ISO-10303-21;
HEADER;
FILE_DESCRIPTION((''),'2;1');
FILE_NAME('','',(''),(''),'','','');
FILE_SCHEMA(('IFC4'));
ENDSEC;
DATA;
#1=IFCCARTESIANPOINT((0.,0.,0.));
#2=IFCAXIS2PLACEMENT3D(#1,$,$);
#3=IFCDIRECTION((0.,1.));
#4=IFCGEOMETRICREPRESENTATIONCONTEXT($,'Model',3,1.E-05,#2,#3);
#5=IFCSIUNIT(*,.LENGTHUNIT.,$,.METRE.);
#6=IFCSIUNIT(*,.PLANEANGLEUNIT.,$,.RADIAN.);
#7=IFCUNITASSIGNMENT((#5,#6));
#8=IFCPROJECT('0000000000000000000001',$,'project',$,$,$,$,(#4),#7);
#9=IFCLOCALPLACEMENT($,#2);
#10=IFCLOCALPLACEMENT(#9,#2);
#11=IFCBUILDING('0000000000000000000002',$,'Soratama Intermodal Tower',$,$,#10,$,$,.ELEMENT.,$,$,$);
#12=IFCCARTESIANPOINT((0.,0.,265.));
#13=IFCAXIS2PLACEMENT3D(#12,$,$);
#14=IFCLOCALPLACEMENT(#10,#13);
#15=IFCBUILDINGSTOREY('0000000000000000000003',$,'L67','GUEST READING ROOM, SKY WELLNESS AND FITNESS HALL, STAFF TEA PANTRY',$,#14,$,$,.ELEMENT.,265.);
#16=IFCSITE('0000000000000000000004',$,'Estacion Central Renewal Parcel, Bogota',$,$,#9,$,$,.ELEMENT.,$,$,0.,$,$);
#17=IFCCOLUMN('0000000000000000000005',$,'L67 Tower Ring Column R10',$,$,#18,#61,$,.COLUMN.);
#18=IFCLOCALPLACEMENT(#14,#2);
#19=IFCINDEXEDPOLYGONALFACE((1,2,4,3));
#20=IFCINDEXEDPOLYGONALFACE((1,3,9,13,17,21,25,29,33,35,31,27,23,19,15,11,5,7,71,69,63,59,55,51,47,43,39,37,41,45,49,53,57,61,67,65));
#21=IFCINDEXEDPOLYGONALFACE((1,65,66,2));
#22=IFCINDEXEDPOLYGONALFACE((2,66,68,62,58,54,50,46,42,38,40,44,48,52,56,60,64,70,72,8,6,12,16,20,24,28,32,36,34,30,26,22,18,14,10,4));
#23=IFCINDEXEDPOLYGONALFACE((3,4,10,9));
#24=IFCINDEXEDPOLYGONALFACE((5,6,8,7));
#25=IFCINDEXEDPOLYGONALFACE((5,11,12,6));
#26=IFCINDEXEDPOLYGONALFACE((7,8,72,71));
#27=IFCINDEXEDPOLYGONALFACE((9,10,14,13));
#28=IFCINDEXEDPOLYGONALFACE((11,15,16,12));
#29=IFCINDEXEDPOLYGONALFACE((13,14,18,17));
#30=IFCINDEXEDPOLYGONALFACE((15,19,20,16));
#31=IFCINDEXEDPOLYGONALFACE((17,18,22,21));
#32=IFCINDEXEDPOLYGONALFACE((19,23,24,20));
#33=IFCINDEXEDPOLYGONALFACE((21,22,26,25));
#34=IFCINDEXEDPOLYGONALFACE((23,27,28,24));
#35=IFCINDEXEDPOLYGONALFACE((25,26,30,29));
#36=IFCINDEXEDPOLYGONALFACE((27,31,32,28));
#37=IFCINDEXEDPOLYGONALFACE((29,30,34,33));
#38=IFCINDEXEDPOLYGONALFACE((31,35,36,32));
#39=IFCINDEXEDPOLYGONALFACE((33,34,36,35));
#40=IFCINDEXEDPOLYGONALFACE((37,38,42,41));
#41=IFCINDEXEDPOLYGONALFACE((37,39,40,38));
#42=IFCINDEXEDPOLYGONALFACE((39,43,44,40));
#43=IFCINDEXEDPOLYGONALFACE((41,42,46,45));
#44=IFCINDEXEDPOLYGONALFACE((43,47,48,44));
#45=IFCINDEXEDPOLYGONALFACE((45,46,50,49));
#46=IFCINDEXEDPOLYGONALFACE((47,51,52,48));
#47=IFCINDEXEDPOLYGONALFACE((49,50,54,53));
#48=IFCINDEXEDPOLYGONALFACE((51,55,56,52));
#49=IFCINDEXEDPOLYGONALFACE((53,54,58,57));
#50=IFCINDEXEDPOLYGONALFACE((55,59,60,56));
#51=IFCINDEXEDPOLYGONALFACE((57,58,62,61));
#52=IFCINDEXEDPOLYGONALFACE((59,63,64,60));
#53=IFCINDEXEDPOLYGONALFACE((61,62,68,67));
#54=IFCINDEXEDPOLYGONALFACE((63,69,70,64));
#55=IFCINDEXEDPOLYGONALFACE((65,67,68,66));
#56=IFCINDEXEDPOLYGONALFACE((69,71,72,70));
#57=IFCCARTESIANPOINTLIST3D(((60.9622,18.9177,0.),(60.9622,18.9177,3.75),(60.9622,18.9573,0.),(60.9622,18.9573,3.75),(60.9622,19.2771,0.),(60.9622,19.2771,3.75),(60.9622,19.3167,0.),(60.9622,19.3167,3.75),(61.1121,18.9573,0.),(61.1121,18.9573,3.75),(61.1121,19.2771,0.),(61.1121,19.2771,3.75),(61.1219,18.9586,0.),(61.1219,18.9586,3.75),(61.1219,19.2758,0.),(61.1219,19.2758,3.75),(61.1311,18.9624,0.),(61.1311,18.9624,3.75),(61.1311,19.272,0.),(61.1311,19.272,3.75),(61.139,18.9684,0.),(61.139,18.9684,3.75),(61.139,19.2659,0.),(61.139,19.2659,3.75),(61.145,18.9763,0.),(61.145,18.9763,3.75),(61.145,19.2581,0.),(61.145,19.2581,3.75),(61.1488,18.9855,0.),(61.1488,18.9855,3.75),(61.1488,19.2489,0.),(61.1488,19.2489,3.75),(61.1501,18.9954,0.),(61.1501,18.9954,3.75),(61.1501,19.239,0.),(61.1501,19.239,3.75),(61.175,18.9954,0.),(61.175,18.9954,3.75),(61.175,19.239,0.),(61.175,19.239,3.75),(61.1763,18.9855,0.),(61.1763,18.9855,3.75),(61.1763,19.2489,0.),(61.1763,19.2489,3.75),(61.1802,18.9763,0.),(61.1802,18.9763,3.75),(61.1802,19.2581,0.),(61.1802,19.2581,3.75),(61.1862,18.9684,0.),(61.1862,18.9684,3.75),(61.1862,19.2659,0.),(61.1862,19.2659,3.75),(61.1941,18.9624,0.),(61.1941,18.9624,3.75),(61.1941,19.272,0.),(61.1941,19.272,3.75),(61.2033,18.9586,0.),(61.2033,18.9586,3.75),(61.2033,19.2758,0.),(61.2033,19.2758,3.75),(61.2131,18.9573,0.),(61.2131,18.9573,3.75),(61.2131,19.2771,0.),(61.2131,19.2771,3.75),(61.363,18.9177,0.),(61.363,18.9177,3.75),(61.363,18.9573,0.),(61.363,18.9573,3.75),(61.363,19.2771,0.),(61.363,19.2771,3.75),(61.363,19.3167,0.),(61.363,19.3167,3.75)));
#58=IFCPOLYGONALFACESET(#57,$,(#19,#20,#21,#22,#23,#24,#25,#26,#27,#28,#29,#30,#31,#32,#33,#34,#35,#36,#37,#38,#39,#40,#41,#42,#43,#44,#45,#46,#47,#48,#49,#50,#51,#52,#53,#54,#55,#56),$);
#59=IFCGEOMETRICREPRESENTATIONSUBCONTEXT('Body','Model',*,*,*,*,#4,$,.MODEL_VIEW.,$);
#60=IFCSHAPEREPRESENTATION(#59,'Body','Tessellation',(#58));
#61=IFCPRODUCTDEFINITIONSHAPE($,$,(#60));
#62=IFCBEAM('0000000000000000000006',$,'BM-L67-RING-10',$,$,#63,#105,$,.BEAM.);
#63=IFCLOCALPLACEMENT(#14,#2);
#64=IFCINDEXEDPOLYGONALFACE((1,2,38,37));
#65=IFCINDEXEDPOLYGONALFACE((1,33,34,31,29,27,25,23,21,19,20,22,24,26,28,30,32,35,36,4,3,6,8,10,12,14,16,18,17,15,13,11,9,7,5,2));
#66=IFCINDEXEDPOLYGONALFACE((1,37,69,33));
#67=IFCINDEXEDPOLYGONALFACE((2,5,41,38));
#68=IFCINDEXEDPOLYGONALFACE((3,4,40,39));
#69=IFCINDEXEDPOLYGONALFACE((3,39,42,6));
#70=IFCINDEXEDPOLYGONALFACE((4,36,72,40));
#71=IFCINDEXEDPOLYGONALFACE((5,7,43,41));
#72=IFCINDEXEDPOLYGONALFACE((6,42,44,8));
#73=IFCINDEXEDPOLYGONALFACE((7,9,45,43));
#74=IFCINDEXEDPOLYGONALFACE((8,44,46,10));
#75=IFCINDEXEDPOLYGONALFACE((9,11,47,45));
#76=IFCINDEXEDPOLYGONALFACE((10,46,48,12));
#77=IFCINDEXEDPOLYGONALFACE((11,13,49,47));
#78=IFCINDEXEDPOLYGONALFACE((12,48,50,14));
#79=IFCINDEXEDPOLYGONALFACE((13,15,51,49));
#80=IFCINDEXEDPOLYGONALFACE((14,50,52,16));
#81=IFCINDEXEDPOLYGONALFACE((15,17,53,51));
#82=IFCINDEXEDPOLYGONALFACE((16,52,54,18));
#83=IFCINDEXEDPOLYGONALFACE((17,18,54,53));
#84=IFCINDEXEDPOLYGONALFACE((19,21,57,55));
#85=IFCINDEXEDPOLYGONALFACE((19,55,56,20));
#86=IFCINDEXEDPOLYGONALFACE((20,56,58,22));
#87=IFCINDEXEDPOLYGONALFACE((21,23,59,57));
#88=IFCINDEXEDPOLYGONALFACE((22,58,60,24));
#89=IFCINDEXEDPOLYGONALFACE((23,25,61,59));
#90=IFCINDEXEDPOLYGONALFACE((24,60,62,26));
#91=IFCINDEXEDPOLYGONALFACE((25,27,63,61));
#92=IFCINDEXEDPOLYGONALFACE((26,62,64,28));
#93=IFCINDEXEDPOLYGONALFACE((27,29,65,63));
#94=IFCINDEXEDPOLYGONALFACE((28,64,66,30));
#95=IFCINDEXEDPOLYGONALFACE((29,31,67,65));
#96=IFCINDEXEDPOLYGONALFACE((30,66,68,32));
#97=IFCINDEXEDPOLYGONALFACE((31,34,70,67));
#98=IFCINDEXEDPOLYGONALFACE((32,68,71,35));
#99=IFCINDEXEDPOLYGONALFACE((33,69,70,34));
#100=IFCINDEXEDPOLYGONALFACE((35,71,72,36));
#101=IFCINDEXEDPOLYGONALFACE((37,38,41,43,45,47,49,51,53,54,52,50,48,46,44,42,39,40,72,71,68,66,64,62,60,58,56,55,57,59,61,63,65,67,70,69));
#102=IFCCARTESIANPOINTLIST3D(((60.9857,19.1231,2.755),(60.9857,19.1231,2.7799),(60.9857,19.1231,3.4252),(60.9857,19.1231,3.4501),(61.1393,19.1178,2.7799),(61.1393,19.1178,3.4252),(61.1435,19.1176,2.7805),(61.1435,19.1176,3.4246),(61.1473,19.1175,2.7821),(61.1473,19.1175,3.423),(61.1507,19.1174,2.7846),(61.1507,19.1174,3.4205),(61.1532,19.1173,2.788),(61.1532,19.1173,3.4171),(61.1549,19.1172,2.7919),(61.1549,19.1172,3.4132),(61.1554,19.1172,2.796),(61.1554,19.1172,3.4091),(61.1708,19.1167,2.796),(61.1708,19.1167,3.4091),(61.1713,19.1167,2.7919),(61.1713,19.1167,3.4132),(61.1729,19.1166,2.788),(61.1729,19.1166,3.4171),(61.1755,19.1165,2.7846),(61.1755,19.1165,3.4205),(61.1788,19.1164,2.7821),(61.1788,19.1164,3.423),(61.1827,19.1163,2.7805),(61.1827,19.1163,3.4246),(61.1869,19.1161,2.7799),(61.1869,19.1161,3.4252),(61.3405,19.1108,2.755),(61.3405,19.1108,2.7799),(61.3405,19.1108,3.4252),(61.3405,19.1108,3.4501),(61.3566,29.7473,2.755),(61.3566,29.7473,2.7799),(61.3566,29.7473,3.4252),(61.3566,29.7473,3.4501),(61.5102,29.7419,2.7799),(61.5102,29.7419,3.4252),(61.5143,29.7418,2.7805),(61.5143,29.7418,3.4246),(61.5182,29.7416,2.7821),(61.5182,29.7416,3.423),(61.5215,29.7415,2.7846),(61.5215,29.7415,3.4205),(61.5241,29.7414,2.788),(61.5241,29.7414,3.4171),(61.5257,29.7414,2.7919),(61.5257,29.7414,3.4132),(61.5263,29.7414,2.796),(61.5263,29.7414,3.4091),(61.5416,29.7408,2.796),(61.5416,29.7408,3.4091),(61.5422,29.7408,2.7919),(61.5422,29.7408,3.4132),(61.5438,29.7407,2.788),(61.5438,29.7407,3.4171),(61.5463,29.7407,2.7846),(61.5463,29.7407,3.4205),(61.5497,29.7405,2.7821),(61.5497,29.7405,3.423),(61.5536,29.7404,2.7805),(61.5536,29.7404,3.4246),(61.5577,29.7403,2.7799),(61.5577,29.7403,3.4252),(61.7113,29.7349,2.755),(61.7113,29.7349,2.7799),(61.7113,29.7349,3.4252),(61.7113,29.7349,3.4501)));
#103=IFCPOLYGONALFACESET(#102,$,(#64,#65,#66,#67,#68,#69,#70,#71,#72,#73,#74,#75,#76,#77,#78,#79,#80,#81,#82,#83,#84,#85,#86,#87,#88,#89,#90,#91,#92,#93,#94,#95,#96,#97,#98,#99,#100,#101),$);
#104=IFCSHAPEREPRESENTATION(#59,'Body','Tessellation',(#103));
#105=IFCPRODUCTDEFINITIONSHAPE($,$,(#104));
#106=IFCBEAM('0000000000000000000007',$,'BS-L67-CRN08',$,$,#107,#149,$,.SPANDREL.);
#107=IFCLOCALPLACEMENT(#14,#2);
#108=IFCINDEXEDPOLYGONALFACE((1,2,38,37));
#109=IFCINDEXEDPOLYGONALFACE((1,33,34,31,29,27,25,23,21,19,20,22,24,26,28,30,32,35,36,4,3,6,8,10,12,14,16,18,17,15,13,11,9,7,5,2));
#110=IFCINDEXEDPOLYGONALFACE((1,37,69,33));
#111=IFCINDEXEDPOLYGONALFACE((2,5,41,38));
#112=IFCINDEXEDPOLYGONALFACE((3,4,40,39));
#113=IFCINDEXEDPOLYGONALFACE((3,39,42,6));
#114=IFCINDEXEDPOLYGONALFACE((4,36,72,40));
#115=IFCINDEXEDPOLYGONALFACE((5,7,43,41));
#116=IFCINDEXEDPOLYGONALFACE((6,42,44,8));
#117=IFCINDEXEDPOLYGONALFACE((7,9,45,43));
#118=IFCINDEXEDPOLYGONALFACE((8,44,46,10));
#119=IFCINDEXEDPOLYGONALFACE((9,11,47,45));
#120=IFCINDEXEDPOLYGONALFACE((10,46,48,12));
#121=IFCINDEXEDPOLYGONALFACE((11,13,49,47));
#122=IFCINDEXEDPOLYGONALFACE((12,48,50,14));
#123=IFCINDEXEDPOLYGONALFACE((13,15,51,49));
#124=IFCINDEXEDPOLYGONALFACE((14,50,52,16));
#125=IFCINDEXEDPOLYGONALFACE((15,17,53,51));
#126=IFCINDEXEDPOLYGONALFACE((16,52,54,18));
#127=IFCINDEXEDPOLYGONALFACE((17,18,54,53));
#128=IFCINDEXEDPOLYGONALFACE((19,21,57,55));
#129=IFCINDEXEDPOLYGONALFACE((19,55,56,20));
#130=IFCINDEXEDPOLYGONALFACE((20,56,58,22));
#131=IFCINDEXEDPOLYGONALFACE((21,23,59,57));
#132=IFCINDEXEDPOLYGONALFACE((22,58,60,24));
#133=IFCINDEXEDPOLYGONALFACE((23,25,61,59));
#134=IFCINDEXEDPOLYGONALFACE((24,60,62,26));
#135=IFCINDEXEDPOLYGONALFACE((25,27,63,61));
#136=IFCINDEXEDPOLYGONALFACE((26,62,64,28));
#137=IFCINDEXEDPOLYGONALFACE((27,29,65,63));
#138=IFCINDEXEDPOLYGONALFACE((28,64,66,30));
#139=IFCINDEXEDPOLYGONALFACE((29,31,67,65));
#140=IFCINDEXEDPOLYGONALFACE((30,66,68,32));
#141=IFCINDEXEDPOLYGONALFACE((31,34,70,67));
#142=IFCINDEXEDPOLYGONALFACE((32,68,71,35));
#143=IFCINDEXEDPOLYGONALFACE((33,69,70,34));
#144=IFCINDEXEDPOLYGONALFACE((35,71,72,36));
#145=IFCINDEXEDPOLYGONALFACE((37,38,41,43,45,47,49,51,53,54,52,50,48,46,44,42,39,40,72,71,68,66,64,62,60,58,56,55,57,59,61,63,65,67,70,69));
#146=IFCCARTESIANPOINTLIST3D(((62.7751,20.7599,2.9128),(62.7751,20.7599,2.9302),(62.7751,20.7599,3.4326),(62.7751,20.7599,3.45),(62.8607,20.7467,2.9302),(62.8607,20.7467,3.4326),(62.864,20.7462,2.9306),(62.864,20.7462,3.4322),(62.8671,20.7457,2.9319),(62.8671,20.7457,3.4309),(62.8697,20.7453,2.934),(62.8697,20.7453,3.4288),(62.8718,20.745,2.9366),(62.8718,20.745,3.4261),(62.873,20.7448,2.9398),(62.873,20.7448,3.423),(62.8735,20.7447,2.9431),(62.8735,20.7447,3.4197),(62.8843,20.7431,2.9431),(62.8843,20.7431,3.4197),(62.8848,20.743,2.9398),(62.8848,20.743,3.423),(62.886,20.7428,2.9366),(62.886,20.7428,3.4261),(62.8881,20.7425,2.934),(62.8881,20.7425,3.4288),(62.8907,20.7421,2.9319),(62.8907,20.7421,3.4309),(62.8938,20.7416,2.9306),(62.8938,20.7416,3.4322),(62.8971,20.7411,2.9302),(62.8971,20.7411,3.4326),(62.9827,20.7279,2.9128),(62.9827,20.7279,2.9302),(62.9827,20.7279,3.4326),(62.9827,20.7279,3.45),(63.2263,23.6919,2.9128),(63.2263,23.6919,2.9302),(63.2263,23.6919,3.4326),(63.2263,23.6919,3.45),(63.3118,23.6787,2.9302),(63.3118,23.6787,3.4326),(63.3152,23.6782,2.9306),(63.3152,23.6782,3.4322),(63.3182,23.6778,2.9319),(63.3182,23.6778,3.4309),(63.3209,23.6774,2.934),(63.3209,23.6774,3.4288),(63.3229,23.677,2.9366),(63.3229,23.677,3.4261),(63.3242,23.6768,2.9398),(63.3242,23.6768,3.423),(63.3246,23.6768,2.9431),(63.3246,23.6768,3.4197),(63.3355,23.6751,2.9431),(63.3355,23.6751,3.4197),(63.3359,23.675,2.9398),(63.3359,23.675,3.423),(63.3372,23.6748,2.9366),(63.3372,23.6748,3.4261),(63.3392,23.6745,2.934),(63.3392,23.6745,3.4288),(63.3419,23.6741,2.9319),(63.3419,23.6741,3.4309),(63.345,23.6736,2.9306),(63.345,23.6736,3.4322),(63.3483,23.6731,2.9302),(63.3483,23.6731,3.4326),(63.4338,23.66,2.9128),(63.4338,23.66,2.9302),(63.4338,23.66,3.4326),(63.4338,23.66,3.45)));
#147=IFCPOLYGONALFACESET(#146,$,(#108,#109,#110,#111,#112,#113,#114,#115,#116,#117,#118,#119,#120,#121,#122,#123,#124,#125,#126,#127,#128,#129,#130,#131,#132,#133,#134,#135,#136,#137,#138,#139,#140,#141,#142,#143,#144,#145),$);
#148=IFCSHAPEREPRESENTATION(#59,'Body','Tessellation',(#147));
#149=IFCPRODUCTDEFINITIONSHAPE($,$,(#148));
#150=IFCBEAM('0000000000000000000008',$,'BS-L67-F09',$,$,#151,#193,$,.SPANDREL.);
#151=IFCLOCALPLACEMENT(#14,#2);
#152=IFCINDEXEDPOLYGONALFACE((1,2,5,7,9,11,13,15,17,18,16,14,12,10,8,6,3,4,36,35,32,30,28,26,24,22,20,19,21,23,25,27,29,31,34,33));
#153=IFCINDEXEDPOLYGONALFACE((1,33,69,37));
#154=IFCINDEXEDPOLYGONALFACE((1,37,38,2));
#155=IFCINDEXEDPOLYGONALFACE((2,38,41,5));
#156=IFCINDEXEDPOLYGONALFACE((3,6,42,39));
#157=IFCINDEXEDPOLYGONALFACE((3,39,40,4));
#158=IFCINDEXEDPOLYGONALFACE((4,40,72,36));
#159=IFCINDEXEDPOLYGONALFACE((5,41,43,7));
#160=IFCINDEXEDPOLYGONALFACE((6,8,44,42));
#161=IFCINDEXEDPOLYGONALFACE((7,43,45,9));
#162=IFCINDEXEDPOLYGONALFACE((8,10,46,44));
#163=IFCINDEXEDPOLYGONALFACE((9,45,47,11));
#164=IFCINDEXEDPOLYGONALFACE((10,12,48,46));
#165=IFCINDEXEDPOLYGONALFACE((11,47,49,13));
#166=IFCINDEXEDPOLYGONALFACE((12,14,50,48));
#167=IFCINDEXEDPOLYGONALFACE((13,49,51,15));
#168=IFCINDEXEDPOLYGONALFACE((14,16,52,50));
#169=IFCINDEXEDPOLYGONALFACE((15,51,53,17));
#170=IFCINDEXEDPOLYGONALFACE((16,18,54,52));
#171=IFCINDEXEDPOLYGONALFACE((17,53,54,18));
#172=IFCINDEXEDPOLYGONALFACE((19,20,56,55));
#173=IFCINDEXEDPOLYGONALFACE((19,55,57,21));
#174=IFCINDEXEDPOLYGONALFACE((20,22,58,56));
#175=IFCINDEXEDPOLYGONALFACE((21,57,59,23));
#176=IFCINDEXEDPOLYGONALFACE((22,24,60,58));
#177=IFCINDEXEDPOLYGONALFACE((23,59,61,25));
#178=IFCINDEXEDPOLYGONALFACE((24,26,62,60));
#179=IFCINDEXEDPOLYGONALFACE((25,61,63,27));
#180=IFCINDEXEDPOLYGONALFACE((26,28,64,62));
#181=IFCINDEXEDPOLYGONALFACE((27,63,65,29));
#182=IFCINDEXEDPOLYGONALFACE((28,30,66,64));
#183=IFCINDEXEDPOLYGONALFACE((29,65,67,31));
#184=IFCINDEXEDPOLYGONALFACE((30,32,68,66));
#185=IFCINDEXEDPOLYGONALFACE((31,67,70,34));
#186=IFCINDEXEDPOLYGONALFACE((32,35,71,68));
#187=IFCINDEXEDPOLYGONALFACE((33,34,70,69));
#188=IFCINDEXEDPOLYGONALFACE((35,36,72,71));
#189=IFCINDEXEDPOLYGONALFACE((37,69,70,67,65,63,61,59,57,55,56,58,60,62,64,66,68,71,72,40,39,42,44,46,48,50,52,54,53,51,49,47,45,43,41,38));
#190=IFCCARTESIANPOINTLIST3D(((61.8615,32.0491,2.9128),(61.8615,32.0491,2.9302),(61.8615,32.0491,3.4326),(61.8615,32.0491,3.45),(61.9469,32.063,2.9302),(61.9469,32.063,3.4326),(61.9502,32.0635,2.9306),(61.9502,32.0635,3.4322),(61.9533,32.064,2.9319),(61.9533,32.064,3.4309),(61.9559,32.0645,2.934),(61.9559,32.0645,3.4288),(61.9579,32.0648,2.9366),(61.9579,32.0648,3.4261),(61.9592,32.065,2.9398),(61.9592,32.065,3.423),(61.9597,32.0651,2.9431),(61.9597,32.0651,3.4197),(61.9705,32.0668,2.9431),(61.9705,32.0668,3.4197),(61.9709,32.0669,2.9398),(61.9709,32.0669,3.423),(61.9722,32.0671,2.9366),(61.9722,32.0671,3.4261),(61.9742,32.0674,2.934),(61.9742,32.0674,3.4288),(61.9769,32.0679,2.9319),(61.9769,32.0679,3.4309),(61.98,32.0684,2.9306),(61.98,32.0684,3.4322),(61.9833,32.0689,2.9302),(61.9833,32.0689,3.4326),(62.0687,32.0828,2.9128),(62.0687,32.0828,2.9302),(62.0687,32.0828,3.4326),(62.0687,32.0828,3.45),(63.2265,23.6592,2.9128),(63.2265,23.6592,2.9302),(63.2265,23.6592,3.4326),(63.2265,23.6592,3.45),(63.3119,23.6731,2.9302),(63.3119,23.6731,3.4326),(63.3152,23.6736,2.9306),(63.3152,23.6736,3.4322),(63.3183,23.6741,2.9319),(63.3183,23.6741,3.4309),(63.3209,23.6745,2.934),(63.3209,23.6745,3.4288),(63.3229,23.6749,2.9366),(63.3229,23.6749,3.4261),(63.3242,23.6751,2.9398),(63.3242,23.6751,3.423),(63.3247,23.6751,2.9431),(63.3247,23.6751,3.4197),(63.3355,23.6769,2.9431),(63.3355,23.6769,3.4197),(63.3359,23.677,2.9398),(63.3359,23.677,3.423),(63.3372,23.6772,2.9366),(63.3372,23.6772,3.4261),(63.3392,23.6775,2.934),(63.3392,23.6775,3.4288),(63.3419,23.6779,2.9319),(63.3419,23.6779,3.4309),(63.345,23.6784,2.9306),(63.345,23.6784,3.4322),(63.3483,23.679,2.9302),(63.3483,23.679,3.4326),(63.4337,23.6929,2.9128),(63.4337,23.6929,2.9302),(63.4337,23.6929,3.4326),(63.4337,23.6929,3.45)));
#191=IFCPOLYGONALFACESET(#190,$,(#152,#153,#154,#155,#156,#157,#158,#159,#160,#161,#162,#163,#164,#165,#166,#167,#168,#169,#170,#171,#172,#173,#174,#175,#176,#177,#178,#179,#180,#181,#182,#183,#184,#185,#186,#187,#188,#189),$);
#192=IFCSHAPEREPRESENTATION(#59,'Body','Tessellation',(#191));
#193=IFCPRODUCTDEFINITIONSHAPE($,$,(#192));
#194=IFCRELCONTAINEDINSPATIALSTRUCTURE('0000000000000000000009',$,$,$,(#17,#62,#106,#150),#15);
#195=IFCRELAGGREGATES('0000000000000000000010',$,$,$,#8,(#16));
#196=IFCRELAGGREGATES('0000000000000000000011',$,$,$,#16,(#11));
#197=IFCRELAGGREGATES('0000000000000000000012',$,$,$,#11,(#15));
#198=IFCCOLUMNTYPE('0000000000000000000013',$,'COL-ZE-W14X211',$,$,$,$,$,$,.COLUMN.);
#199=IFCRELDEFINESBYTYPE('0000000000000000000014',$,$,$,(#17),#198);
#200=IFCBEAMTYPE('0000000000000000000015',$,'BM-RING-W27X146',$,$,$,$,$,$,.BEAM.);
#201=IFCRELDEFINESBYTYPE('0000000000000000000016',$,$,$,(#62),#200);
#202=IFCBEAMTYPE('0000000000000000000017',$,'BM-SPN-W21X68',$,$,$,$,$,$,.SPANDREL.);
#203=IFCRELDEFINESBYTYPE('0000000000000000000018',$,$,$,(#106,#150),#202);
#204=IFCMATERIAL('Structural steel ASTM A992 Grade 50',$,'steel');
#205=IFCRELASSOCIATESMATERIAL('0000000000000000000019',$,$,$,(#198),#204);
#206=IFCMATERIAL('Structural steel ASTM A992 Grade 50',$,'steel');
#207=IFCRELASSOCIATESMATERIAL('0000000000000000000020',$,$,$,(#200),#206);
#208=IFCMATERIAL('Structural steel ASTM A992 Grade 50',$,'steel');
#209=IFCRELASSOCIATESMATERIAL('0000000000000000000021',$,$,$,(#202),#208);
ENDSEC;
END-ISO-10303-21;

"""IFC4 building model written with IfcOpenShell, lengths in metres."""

from ifc_helpers import new_model, si_unit, direction, frame, origin, origin_2d, place, context, subcontext, project, spatial, i_section, extrude, material, material_profile, profile_set, type_object, element, save


model = new_model("IFC4")

# Units and contexts
model_context = context("Model", 3, precision=1e-05, world=origin(), true_north=direction((0.0, 1.0)))
body_context = subcontext(model_context, "Body", "Model", "MODEL_VIEW")
ifc_project = project(units=[si_unit("LENGTHUNIT", "METRE"), si_unit("PLANEANGLEUNIT", "RADIAN")], contexts=[model_context])

# Site, building, storey
site_placement = place(None, origin())
site = spatial("IfcSite", under=ifc_project, at=site_placement, Name="Estacion Central Renewal Parcel, Bogota", CompositionType="ELEMENT", RefElevation=0.0)
building_placement = place(site_placement, origin())
building = spatial("IfcBuilding", under=site, at=building_placement, Name="Soratama Intermodal Tower", CompositionType="ELEMENT")
storey_placement = place(building_placement, frame((0.0, 0.0, 265.0)))
storey = spatial("IfcBuildingStorey", under=building, at=storey_placement, Name="L67", Description="GUEST READING ROOM, SKY WELLNESS AND FITNESS HALL, STAFF TEA PANTRY", CompositionType="ELEMENT", Elevation=265.0)

# Column
ifc_material_1 = material(Name="Structural steel ASTM A992 Grade 50", Category="steel")
ifc_material_profile_1 = material_profile(ifc_material_1, i_section(OverallWidth=0.4009, OverallDepth=0.3989, WebThickness=0.0249, FlangeThickness=0.0396, FilletRadius=0.0381, at=origin_2d()), Name="W14X211")
ifc_profile_set_1 = profile_set([ifc_material_profile_1], Name="Structural steel ASTM A992 Grade 50")
column_type = type_object("IfcColumnType", Name="COL-ZE-W14X211", PredefinedType="COLUMN", material=ifc_profile_set_1)
column_placement = place(storey_placement, frame((61.1626, 19.1172, 0.0), z_axis=(0.0, 0.0, 1.0), x_axis=(1.0, 0.0, 0.0)))
element("IfcColumn", 1, at=column_placement, inside=storey, type_object=column_type, Name="L67 Tower Ring Column R10", PredefinedType="COLUMN", context=body_context, shape_type="SweptSolid", body=[
    extrude(i_section(OverallWidth=0.4009, OverallDepth=0.3989, WebThickness=0.0249, FlangeThickness=0.0396, FilletRadius=0.0381, at=origin_2d()), origin(), (0.0, 0.0, 1.0), 3.75),
])

# Beams
ifc_material_2 = material(Name="Structural steel ASTM A992 Grade 50", Category="steel")
ifc_material_profile_2 = material_profile(ifc_material_2, i_section(OverallWidth=0.355, OverallDepth=0.6951, WebThickness=0.0154, FlangeThickness=0.0249, FilletRadius=0.0161, at=origin_2d()), Name="W27X146")
ifc_profile_set_2 = profile_set([ifc_material_profile_2], Name="Structural steel ASTM A992 Grade 50")
beam_type_1 = type_object("IfcBeamType", Name="BM-RING-W27X146", PredefinedType="BEAM", material=ifc_profile_set_2)
beam_1_placement = place(storey_placement, frame((61.1631, 19.1169, 3.1025), z_axis=(0.034885, 0.999391, 0.0), x_axis=(-0.999391, 0.034885, 0.0)))
element("IfcBeam", 2, at=beam_1_placement, inside=storey, type_object=beam_type_1, Name="BM-L67-RING-10", PredefinedType="BEAM", context=body_context, shape_type="SweptSolid", body=[
    extrude(i_section(OverallWidth=0.355, OverallDepth=0.6951, WebThickness=0.0154, FlangeThickness=0.0249, FilletRadius=0.0161, at=origin_2d()), origin(), (0.0, 0.0, 1.0), 10.6306),
])
ifc_material_3 = material(Name="Structural steel ASTM A992 Grade 50", Category="steel")
ifc_material_profile_3 = material_profile(ifc_material_3, i_section(OverallWidth=0.21, OverallDepth=0.5371, WebThickness=0.011, FlangeThickness=0.0173, FilletRadius=0.0129, at=origin_2d()), Name="W21X68")
ifc_profile_set_3 = profile_set([ifc_material_profile_3], Name="Structural steel ASTM A992 Grade 50")
beam_type_2 = type_object("IfcBeamType", Name="BM-SPN-W21X68", PredefinedType="SPANDREL", material=ifc_profile_set_3)
beam_2_placement = place(storey_placement, frame((62.8789, 20.7439, 3.1814), z_axis=(0.152082, 0.988368, 0.0), x_axis=(-0.988368, 0.152082, 0.0)))
element("IfcBeam", 3, at=beam_2_placement, inside=storey, type_object=beam_type_2, Name="BS-L67-CRN08", PredefinedType="SPANDREL", context=body_context, shape_type="SweptSolid", body=[
    extrude(i_section(OverallWidth=0.21, OverallDepth=0.5371, WebThickness=0.011, FlangeThickness=0.0173, FilletRadius=0.0129, at=origin_2d()), origin(), (0.0, 0.0, 1.0), 2.9666),
])
beam_3_placement = place(storey_placement, frame((63.3301, 23.676, 3.1814), z_axis=(-0.160583, 0.987022, 0.0), x_axis=(-0.987022, -0.160583, 0.0)))
element("IfcBeam", 4, at=beam_3_placement, inside=storey, type_object=beam_type_2, Name="BS-L67-F09", PredefinedType="SPANDREL", context=body_context, shape_type="SweptSolid", body=[
    extrude(i_section(OverallWidth=0.21, OverallDepth=0.5371, WebThickness=0.011, FlangeThickness=0.0173, FilletRadius=0.0129, at=origin_2d()), origin(), (0.0, 0.0, 1.0), 8.5002),
])

save(model, "model.ifc")
